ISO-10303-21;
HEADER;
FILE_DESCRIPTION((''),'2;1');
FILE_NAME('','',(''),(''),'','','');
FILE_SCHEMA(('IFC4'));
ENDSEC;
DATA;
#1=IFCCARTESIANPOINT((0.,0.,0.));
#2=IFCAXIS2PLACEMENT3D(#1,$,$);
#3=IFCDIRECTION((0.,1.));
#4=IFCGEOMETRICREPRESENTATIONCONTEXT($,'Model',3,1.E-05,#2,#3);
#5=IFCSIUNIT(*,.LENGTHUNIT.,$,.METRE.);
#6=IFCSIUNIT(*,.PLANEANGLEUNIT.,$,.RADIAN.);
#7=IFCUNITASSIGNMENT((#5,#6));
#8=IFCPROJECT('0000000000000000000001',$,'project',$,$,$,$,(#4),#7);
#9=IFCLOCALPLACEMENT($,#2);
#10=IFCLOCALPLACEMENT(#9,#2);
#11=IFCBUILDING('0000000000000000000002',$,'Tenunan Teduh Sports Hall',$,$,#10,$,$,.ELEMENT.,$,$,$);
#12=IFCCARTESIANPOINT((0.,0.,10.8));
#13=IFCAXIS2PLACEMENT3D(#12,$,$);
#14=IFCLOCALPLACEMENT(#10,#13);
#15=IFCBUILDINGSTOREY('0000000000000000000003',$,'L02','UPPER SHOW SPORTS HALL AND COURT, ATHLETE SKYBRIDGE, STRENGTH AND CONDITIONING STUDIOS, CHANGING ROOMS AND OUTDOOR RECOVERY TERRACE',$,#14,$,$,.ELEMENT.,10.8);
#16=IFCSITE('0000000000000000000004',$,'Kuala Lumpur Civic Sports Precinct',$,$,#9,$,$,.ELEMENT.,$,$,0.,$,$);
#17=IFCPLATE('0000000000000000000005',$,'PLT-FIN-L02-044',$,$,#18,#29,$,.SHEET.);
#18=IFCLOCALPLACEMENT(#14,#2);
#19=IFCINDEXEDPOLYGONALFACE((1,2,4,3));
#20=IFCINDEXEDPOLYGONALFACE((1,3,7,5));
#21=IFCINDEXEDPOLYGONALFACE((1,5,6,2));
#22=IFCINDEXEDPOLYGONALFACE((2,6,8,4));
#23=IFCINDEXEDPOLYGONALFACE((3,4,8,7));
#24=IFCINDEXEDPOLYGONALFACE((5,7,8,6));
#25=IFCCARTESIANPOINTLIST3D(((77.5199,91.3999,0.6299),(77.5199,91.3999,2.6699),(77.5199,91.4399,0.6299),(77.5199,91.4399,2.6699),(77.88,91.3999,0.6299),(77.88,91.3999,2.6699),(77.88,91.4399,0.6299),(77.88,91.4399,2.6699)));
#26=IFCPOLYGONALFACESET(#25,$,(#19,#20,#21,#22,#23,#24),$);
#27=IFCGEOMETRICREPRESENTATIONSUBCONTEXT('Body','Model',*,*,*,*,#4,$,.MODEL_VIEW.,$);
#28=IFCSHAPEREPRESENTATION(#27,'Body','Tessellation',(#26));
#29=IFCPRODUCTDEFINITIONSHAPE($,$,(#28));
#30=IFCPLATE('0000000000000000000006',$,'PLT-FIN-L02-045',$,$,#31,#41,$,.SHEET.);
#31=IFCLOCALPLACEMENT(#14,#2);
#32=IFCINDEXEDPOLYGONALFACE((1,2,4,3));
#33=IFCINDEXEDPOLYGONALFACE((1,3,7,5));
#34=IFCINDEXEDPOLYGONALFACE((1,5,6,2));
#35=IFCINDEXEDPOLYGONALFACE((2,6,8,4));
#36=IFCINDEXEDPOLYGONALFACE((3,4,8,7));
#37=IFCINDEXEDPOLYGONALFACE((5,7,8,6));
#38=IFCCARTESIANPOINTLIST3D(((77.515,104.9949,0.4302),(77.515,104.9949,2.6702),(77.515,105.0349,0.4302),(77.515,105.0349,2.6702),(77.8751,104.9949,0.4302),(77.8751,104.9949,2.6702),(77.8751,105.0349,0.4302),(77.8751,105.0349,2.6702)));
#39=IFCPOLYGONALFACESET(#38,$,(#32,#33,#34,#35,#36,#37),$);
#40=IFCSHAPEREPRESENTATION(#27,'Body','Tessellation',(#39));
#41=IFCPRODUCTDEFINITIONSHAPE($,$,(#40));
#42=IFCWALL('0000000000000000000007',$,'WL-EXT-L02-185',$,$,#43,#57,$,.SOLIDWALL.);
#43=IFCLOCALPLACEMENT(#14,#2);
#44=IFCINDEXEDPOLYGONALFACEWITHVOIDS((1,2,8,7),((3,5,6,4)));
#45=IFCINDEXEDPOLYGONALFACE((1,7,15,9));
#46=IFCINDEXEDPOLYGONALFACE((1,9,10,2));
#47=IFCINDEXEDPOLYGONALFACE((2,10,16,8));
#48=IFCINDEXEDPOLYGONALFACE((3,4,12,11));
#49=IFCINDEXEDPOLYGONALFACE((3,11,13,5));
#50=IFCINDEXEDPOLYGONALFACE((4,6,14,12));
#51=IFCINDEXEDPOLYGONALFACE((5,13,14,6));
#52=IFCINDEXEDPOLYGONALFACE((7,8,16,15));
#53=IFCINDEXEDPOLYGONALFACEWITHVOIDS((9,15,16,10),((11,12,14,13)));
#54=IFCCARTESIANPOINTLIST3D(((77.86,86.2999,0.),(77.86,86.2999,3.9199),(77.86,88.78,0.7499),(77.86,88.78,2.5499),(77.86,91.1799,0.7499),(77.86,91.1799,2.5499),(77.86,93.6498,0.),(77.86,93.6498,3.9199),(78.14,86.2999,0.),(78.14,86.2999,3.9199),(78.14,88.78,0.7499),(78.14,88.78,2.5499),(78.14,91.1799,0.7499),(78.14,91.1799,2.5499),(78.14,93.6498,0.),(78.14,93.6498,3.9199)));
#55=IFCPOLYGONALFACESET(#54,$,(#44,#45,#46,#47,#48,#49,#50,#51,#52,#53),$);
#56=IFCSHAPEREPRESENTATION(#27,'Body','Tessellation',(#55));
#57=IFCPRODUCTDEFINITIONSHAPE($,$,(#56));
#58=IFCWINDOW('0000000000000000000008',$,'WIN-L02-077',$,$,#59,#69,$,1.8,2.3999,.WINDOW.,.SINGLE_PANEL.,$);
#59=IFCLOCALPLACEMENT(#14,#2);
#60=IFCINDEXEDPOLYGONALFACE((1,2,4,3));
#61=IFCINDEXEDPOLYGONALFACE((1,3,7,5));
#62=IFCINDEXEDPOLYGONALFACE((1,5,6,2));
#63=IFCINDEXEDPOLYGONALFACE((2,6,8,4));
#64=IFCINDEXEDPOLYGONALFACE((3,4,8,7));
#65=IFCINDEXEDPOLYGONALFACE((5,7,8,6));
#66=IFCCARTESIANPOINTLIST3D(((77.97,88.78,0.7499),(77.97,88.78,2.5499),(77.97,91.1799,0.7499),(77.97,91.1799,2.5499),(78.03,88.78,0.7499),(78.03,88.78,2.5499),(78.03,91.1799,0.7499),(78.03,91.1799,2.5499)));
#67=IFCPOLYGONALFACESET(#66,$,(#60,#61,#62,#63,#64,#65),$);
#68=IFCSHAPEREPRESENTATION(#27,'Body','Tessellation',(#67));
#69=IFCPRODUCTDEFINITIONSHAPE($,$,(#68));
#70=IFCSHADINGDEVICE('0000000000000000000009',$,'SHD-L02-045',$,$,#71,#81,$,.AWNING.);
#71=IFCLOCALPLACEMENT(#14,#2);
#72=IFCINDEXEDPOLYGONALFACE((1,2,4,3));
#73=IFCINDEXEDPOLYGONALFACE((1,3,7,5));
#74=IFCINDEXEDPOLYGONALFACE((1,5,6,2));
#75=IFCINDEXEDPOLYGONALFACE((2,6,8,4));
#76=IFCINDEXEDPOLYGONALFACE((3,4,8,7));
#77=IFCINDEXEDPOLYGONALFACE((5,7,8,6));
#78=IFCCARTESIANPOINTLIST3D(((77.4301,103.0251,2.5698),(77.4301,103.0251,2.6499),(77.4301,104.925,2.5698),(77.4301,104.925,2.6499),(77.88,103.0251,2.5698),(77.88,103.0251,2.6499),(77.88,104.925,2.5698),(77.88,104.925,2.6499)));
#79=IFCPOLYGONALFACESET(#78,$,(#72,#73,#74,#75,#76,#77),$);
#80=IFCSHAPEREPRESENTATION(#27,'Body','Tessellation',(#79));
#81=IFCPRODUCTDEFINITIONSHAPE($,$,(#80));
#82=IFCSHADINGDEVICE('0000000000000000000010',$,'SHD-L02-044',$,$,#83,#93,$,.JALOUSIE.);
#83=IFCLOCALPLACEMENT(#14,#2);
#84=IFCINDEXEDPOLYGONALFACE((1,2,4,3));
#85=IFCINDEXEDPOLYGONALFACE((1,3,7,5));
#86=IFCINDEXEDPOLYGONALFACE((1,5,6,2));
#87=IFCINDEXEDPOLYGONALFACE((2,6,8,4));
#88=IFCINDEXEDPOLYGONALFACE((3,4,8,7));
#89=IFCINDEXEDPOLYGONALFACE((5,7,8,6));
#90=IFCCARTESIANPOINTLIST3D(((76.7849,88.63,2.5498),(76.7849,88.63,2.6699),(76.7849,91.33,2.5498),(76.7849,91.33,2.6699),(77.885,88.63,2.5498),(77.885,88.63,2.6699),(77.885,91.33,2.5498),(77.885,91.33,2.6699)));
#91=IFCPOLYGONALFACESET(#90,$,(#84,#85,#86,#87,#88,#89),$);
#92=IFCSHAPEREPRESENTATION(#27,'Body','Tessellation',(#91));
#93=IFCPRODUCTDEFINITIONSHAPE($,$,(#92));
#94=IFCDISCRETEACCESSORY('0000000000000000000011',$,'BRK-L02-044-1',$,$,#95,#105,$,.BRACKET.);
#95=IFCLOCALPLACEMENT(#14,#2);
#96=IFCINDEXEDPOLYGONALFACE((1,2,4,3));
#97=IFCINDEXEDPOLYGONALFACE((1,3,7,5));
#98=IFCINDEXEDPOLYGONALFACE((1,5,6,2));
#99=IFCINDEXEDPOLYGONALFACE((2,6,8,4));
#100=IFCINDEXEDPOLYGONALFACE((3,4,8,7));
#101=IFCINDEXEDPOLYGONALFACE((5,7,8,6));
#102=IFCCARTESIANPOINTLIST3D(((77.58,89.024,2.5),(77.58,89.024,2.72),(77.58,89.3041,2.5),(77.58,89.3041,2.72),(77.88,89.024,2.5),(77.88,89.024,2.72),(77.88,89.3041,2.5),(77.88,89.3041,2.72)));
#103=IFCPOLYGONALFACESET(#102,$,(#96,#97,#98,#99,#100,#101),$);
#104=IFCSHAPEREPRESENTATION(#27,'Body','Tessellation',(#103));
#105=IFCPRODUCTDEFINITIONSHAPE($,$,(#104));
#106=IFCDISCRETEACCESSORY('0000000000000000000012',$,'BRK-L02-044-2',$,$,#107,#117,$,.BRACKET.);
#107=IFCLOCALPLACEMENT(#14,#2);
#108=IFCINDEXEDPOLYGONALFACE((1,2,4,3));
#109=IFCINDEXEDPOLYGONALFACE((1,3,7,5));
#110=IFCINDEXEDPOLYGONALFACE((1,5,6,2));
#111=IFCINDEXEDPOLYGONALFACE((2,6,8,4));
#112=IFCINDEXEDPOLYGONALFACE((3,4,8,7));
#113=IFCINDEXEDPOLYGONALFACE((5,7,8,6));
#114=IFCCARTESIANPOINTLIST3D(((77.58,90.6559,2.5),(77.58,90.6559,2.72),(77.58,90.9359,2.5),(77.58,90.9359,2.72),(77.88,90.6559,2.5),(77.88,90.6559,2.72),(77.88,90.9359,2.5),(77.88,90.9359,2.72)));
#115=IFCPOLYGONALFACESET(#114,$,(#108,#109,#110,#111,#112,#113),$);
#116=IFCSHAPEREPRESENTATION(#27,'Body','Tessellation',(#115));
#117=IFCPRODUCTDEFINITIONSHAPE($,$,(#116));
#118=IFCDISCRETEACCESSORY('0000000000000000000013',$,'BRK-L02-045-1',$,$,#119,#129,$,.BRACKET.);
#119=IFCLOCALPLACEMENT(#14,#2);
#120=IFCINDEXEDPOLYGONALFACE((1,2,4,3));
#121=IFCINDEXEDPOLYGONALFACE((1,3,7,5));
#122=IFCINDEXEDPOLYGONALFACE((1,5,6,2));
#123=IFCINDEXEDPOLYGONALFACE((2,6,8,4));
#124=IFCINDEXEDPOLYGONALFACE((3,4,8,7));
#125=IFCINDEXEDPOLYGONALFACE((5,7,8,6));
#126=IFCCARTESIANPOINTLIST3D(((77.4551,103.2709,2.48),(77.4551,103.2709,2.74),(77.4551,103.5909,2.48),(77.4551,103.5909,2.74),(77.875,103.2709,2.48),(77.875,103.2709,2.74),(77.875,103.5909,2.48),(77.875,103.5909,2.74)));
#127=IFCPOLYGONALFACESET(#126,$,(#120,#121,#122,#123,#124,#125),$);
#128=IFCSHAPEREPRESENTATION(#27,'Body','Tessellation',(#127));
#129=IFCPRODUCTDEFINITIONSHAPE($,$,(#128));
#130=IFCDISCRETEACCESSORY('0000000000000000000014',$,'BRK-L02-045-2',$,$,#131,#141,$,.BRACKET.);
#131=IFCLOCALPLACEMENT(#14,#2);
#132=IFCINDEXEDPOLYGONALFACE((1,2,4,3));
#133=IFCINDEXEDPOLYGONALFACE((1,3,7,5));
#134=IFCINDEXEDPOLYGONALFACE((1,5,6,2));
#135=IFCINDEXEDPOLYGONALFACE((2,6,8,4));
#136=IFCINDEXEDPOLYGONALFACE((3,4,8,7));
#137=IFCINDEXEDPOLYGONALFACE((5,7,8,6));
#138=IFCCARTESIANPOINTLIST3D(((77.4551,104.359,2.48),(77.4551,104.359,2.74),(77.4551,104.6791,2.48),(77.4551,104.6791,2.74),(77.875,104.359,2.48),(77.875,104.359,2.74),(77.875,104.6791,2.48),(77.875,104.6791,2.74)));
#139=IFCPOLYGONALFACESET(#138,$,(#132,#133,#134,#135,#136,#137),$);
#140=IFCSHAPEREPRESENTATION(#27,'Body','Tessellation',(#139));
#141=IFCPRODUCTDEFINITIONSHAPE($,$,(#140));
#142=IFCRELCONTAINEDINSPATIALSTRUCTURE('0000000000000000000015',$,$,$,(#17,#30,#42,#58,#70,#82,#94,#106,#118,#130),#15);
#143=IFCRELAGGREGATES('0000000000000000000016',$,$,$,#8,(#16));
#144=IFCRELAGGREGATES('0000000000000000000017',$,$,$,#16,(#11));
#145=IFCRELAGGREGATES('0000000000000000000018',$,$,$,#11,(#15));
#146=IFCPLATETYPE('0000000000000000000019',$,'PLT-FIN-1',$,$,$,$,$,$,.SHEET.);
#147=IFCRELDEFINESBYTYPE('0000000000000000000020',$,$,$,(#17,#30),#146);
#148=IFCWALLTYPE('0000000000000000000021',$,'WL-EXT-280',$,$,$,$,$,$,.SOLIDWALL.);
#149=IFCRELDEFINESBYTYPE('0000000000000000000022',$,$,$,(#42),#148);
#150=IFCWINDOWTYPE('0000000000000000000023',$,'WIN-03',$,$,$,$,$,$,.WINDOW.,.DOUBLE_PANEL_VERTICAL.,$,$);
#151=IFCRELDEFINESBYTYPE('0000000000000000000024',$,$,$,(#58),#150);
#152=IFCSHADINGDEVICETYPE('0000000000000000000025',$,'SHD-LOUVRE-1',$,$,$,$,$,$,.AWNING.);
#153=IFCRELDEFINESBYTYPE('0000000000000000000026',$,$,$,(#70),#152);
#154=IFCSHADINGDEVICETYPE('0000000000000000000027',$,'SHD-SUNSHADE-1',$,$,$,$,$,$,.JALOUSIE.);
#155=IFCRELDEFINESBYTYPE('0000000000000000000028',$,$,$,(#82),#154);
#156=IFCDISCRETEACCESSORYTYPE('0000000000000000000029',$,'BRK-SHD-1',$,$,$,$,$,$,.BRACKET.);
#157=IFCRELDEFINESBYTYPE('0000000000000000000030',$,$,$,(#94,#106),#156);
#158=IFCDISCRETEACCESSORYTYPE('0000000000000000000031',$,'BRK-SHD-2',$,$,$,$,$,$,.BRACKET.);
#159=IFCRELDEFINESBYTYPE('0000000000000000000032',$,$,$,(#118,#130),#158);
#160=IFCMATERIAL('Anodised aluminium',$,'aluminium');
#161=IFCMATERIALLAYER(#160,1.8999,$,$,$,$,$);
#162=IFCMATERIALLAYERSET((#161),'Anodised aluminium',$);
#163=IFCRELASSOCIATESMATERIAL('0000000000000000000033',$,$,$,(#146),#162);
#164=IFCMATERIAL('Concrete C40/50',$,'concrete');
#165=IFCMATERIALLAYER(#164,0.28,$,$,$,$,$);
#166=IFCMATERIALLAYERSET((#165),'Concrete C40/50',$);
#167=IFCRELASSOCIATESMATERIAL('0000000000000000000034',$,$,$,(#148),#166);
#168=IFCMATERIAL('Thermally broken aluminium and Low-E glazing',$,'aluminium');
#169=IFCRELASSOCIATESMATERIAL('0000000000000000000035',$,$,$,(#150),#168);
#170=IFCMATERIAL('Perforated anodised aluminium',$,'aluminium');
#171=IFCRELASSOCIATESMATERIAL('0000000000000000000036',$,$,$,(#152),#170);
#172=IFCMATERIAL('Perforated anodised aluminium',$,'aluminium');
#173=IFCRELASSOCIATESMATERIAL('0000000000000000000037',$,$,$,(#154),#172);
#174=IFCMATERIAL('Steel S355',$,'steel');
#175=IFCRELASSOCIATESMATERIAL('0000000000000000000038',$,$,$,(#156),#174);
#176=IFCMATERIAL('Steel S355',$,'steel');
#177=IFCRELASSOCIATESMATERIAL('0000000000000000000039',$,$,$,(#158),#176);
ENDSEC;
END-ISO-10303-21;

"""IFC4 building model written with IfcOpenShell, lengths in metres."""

from ifc_helpers import new_model, si_unit, direction, frame, frame_2d, origin, origin_2d, place, context, subcontext, project, spatial, rectangle, extrude, material, layer, layer_set, type_object, element, fill, save


model = new_model("IFC4")

# Units and contexts
model_context = context("Model", 3, precision=1e-05, world=origin(), true_north=direction((0.0, 1.0)))
body_context = subcontext(model_context, "Body", "Model", "MODEL_VIEW")
ifc_project = project(units=[si_unit("LENGTHUNIT", "METRE"), si_unit("PLANEANGLEUNIT", "RADIAN")], contexts=[model_context])

# Site, building, storey
site_placement = place(None, origin())
site = spatial("IfcSite", under=ifc_project, at=site_placement, Name="Kuala Lumpur Civic Sports Precinct", CompositionType="ELEMENT", RefElevation=0.0)
building_placement = place(site_placement, origin())
building = spatial("IfcBuilding", under=site, at=building_placement, Name="Tenunan Teduh Sports Hall", CompositionType="ELEMENT")
storey_placement = place(building_placement, frame((0.0, 0.0, 10.8)))
storey = spatial("IfcBuildingStorey", under=building, at=storey_placement, Name="L02", Description="UPPER SHOW SPORTS HALL AND COURT, ATHLETE SKYBRIDGE, STRENGTH AND CONDITIONING STUDIOS, CHANGING ROOMS AND OUTDOOR RECOVERY TERRACE", CompositionType="ELEMENT", Elevation=10.8)

# Plates
ifc_material_1 = material(Name="Anodised aluminium", Category="aluminium")
ifc_layer_1 = layer(ifc_material_1, 1.8999)
ifc_layer_set_1 = layer_set([ifc_layer_1], Name="Anodised aluminium")
plate_type_1 = type_object("IfcPlateType", Name="PLT-FIN-1", PredefinedType="SHEET", material=ifc_layer_set_1)
plate_1_placement = place(storey_placement, frame((77.7, 91.4199, 0.6299), z_axis=(0.0, 0.0, 1.0), x_axis=(0.0, 1.0, 0.0)))
element("IfcPlate", 1, at=plate_1_placement, inside=storey, type_object=plate_type_1, Name="PLT-FIN-L02-044", PredefinedType="SHEET", context=body_context, shape_type="SweptSolid", body=[
    extrude(rectangle(XDim=0.04, YDim=0.3601, at=origin_2d()), origin(), (0.0, 0.0, 1.0), 2.04),
])
plate_2_placement = place(storey_placement, frame((77.6951, 105.0149, 0.4302), z_axis=(0.0, 0.0, 1.0), x_axis=(0.0, 1.0, 0.0)))
element("IfcPlate", 2, at=plate_2_placement, inside=storey, type_object=plate_type_1, Name="PLT-FIN-L02-045", PredefinedType="SHEET", context=body_context, shape_type="SweptSolid", body=[
    extrude(rectangle(XDim=0.04, YDim=0.3601, at=origin_2d()), origin(), (0.0, 0.0, 1.0), 2.24),
])

# Wall, opening, window
ifc_material_2 = material(Name="Concrete C40/50", Category="concrete")
ifc_layer_2 = layer(ifc_material_2, 0.28)
ifc_layer_set_2 = layer_set([ifc_layer_2], Name="Concrete C40/50")
wall_type = type_object("IfcWallType", Name="WL-EXT-280", PredefinedType="SOLIDWALL", material=ifc_layer_set_2)
wall_placement = place(storey_placement, frame((78.0, 86.3, 0.0), z_axis=(0.0, 0.0, 1.0), x_axis=(0.0, 1.0, 0.0)))
wall = element("IfcWall", 3, at=wall_placement, inside=storey, type_object=wall_type, Name="WL-EXT-L02-185", PredefinedType="SOLIDWALL", context=body_context, shape_type="SweptSolid", body=[
    extrude(rectangle(XDim=7.3499, YDim=0.28, at=frame_2d((3.6748, 0.0))), origin(), (0.0, 0.0, 1.0), 3.9199),
])
opening_placement = place(wall_placement, frame((2.48, 0.0, 0.75)))
opening = element("IfcOpeningElement", 4, at=opening_placement, cuts=wall, PredefinedType="OPENING", context=body_context, shape_type="SweptSolid", body=[
    extrude(rectangle(XDim=2.3999, YDim=1.8, at=frame_2d((1.2, 0.8999))), frame((0.0, 0.1499, 0.0), z_axis=(0.0, -1.0, 0.0), x_axis=(1.0, 0.0, 0.0)), (0.0, 0.0, 1.0), 0.3),
])
ifc_material_3 = material(Name="Thermally broken aluminium and Low-E glazing", Category="aluminium")
window_type = type_object("IfcWindowType", Name="WIN-03", PartitioningType="DOUBLE_PANEL_VERTICAL", PredefinedType="WINDOW", material=ifc_material_3)
window_placement = place(opening_placement, origin())
window = element("IfcWindow", 5, at=window_placement, inside=storey, type_object=window_type, Name="WIN-L02-077", OverallHeight=1.8, OverallWidth=2.3999, PartitioningType="SINGLE_PANEL", PredefinedType="WINDOW", context=body_context, shape_type="SweptSolid", body=[
    extrude(rectangle(XDim=2.3999, YDim=1.8, at=frame_2d((1.2, 0.8999))), frame((0.0, 0.03, 0.0), z_axis=(0.0, -1.0, 0.0), x_axis=(1.0, 0.0, 0.0)), (0.0, 0.0, 1.0), 0.0601),
])
fill(opening, window)

# Shading devices
ifc_material_4 = material(Name="Perforated anodised aluminium", Category="aluminium")
shading_device_type_1 = type_object("IfcShadingDeviceType", Name="SHD-LOUVRE-1", PredefinedType="AWNING", material=ifc_material_4)
shading_device_1_placement = place(storey_placement, frame((77.655, 103.9751, 2.5698), z_axis=(0.0, 0.0, 1.0), x_axis=(0.0, 1.0, 0.0)))
element("IfcShadingDevice", 6, at=shading_device_1_placement, inside=storey, type_object=shading_device_type_1, Name="SHD-L02-045", PredefinedType="AWNING", context=body_context, shape_type="SweptSolid", body=[
    extrude(rectangle(XDim=1.8999, YDim=0.45, at=origin_2d()), origin(), (0.0, 0.0, 1.0), 0.0801),
])
ifc_material_5 = material(Name="Perforated anodised aluminium", Category="aluminium")
shading_device_type_2 = type_object("IfcShadingDeviceType", Name="SHD-SUNSHADE-1", PredefinedType="JALOUSIE", material=ifc_material_5)
shading_device_2_placement = place(storey_placement, frame((77.335, 89.98, 2.5498), z_axis=(0.0, 0.0, 1.0), x_axis=(0.0, 1.0, 0.0)))
element("IfcShadingDevice", 7, at=shading_device_2_placement, inside=storey, type_object=shading_device_type_2, Name="SHD-L02-044", PredefinedType="JALOUSIE", context=body_context, shape_type="SweptSolid", body=[
    extrude(rectangle(XDim=2.7, YDim=1.1001, at=origin_2d()), origin(), (0.0, 0.0, 1.0), 0.1201),
])

# Discrete accessories
ifc_material_6 = material(Name="Steel S355", Category="steel")
discrete_accessory_type_1 = type_object("IfcDiscreteAccessoryType", Name="BRK-SHD-1", PredefinedType="BRACKET", material=ifc_material_6)
for number, where, z_axis, x_axis, name in (
    (8, (77.73, 89.1641, 2.5), (0.0, 0.0, 1.0), (0.0, 1.0, 0.0), "BRK-L02-044-1"),
    (9, (77.73, 90.7959, 2.5), (0.0, 0.0, 1.0), (0.0, 1.0, 0.0), "BRK-L02-044-2"),
):
    element("IfcDiscreteAccessory", number, at=place(storey_placement, frame(where, z_axis=z_axis, x_axis=x_axis)), inside=storey, type_object=discrete_accessory_type_1, Name=name, PredefinedType="BRACKET", context=body_context, shape_type="SweptSolid", body=[
        extrude(rectangle(XDim=0.28, YDim=0.3, at=origin_2d()), origin(), (0.0, 0.0, 1.0), 0.22),
    ])
ifc_material_7 = material(Name="Steel S355", Category="steel")
discrete_accessory_type_2 = type_object("IfcDiscreteAccessoryType", Name="BRK-SHD-2", PredefinedType="BRACKET", material=ifc_material_7)
for number, where, z_axis, x_axis, name in (
    (10, (77.665, 103.4309, 2.48), (0.0, 0.0, 1.0), (0.0, 1.0, 0.0), "BRK-L02-045-1"),
    (11, (77.665, 104.519, 2.48), (0.0, 0.0, 1.0), (0.0, 1.0, 0.0), "BRK-L02-045-2"),
):
    element("IfcDiscreteAccessory", number, at=place(storey_placement, frame(where, z_axis=z_axis, x_axis=x_axis)), inside=storey, type_object=discrete_accessory_type_2, Name=name, PredefinedType="BRACKET", context=body_context, shape_type="SweptSolid", body=[
        extrude(rectangle(XDim=0.3201, YDim=0.4199, at=origin_2d()), origin(), (0.0, 0.0, 1.0), 0.26),
    ])

save(model, "model.ifc")
